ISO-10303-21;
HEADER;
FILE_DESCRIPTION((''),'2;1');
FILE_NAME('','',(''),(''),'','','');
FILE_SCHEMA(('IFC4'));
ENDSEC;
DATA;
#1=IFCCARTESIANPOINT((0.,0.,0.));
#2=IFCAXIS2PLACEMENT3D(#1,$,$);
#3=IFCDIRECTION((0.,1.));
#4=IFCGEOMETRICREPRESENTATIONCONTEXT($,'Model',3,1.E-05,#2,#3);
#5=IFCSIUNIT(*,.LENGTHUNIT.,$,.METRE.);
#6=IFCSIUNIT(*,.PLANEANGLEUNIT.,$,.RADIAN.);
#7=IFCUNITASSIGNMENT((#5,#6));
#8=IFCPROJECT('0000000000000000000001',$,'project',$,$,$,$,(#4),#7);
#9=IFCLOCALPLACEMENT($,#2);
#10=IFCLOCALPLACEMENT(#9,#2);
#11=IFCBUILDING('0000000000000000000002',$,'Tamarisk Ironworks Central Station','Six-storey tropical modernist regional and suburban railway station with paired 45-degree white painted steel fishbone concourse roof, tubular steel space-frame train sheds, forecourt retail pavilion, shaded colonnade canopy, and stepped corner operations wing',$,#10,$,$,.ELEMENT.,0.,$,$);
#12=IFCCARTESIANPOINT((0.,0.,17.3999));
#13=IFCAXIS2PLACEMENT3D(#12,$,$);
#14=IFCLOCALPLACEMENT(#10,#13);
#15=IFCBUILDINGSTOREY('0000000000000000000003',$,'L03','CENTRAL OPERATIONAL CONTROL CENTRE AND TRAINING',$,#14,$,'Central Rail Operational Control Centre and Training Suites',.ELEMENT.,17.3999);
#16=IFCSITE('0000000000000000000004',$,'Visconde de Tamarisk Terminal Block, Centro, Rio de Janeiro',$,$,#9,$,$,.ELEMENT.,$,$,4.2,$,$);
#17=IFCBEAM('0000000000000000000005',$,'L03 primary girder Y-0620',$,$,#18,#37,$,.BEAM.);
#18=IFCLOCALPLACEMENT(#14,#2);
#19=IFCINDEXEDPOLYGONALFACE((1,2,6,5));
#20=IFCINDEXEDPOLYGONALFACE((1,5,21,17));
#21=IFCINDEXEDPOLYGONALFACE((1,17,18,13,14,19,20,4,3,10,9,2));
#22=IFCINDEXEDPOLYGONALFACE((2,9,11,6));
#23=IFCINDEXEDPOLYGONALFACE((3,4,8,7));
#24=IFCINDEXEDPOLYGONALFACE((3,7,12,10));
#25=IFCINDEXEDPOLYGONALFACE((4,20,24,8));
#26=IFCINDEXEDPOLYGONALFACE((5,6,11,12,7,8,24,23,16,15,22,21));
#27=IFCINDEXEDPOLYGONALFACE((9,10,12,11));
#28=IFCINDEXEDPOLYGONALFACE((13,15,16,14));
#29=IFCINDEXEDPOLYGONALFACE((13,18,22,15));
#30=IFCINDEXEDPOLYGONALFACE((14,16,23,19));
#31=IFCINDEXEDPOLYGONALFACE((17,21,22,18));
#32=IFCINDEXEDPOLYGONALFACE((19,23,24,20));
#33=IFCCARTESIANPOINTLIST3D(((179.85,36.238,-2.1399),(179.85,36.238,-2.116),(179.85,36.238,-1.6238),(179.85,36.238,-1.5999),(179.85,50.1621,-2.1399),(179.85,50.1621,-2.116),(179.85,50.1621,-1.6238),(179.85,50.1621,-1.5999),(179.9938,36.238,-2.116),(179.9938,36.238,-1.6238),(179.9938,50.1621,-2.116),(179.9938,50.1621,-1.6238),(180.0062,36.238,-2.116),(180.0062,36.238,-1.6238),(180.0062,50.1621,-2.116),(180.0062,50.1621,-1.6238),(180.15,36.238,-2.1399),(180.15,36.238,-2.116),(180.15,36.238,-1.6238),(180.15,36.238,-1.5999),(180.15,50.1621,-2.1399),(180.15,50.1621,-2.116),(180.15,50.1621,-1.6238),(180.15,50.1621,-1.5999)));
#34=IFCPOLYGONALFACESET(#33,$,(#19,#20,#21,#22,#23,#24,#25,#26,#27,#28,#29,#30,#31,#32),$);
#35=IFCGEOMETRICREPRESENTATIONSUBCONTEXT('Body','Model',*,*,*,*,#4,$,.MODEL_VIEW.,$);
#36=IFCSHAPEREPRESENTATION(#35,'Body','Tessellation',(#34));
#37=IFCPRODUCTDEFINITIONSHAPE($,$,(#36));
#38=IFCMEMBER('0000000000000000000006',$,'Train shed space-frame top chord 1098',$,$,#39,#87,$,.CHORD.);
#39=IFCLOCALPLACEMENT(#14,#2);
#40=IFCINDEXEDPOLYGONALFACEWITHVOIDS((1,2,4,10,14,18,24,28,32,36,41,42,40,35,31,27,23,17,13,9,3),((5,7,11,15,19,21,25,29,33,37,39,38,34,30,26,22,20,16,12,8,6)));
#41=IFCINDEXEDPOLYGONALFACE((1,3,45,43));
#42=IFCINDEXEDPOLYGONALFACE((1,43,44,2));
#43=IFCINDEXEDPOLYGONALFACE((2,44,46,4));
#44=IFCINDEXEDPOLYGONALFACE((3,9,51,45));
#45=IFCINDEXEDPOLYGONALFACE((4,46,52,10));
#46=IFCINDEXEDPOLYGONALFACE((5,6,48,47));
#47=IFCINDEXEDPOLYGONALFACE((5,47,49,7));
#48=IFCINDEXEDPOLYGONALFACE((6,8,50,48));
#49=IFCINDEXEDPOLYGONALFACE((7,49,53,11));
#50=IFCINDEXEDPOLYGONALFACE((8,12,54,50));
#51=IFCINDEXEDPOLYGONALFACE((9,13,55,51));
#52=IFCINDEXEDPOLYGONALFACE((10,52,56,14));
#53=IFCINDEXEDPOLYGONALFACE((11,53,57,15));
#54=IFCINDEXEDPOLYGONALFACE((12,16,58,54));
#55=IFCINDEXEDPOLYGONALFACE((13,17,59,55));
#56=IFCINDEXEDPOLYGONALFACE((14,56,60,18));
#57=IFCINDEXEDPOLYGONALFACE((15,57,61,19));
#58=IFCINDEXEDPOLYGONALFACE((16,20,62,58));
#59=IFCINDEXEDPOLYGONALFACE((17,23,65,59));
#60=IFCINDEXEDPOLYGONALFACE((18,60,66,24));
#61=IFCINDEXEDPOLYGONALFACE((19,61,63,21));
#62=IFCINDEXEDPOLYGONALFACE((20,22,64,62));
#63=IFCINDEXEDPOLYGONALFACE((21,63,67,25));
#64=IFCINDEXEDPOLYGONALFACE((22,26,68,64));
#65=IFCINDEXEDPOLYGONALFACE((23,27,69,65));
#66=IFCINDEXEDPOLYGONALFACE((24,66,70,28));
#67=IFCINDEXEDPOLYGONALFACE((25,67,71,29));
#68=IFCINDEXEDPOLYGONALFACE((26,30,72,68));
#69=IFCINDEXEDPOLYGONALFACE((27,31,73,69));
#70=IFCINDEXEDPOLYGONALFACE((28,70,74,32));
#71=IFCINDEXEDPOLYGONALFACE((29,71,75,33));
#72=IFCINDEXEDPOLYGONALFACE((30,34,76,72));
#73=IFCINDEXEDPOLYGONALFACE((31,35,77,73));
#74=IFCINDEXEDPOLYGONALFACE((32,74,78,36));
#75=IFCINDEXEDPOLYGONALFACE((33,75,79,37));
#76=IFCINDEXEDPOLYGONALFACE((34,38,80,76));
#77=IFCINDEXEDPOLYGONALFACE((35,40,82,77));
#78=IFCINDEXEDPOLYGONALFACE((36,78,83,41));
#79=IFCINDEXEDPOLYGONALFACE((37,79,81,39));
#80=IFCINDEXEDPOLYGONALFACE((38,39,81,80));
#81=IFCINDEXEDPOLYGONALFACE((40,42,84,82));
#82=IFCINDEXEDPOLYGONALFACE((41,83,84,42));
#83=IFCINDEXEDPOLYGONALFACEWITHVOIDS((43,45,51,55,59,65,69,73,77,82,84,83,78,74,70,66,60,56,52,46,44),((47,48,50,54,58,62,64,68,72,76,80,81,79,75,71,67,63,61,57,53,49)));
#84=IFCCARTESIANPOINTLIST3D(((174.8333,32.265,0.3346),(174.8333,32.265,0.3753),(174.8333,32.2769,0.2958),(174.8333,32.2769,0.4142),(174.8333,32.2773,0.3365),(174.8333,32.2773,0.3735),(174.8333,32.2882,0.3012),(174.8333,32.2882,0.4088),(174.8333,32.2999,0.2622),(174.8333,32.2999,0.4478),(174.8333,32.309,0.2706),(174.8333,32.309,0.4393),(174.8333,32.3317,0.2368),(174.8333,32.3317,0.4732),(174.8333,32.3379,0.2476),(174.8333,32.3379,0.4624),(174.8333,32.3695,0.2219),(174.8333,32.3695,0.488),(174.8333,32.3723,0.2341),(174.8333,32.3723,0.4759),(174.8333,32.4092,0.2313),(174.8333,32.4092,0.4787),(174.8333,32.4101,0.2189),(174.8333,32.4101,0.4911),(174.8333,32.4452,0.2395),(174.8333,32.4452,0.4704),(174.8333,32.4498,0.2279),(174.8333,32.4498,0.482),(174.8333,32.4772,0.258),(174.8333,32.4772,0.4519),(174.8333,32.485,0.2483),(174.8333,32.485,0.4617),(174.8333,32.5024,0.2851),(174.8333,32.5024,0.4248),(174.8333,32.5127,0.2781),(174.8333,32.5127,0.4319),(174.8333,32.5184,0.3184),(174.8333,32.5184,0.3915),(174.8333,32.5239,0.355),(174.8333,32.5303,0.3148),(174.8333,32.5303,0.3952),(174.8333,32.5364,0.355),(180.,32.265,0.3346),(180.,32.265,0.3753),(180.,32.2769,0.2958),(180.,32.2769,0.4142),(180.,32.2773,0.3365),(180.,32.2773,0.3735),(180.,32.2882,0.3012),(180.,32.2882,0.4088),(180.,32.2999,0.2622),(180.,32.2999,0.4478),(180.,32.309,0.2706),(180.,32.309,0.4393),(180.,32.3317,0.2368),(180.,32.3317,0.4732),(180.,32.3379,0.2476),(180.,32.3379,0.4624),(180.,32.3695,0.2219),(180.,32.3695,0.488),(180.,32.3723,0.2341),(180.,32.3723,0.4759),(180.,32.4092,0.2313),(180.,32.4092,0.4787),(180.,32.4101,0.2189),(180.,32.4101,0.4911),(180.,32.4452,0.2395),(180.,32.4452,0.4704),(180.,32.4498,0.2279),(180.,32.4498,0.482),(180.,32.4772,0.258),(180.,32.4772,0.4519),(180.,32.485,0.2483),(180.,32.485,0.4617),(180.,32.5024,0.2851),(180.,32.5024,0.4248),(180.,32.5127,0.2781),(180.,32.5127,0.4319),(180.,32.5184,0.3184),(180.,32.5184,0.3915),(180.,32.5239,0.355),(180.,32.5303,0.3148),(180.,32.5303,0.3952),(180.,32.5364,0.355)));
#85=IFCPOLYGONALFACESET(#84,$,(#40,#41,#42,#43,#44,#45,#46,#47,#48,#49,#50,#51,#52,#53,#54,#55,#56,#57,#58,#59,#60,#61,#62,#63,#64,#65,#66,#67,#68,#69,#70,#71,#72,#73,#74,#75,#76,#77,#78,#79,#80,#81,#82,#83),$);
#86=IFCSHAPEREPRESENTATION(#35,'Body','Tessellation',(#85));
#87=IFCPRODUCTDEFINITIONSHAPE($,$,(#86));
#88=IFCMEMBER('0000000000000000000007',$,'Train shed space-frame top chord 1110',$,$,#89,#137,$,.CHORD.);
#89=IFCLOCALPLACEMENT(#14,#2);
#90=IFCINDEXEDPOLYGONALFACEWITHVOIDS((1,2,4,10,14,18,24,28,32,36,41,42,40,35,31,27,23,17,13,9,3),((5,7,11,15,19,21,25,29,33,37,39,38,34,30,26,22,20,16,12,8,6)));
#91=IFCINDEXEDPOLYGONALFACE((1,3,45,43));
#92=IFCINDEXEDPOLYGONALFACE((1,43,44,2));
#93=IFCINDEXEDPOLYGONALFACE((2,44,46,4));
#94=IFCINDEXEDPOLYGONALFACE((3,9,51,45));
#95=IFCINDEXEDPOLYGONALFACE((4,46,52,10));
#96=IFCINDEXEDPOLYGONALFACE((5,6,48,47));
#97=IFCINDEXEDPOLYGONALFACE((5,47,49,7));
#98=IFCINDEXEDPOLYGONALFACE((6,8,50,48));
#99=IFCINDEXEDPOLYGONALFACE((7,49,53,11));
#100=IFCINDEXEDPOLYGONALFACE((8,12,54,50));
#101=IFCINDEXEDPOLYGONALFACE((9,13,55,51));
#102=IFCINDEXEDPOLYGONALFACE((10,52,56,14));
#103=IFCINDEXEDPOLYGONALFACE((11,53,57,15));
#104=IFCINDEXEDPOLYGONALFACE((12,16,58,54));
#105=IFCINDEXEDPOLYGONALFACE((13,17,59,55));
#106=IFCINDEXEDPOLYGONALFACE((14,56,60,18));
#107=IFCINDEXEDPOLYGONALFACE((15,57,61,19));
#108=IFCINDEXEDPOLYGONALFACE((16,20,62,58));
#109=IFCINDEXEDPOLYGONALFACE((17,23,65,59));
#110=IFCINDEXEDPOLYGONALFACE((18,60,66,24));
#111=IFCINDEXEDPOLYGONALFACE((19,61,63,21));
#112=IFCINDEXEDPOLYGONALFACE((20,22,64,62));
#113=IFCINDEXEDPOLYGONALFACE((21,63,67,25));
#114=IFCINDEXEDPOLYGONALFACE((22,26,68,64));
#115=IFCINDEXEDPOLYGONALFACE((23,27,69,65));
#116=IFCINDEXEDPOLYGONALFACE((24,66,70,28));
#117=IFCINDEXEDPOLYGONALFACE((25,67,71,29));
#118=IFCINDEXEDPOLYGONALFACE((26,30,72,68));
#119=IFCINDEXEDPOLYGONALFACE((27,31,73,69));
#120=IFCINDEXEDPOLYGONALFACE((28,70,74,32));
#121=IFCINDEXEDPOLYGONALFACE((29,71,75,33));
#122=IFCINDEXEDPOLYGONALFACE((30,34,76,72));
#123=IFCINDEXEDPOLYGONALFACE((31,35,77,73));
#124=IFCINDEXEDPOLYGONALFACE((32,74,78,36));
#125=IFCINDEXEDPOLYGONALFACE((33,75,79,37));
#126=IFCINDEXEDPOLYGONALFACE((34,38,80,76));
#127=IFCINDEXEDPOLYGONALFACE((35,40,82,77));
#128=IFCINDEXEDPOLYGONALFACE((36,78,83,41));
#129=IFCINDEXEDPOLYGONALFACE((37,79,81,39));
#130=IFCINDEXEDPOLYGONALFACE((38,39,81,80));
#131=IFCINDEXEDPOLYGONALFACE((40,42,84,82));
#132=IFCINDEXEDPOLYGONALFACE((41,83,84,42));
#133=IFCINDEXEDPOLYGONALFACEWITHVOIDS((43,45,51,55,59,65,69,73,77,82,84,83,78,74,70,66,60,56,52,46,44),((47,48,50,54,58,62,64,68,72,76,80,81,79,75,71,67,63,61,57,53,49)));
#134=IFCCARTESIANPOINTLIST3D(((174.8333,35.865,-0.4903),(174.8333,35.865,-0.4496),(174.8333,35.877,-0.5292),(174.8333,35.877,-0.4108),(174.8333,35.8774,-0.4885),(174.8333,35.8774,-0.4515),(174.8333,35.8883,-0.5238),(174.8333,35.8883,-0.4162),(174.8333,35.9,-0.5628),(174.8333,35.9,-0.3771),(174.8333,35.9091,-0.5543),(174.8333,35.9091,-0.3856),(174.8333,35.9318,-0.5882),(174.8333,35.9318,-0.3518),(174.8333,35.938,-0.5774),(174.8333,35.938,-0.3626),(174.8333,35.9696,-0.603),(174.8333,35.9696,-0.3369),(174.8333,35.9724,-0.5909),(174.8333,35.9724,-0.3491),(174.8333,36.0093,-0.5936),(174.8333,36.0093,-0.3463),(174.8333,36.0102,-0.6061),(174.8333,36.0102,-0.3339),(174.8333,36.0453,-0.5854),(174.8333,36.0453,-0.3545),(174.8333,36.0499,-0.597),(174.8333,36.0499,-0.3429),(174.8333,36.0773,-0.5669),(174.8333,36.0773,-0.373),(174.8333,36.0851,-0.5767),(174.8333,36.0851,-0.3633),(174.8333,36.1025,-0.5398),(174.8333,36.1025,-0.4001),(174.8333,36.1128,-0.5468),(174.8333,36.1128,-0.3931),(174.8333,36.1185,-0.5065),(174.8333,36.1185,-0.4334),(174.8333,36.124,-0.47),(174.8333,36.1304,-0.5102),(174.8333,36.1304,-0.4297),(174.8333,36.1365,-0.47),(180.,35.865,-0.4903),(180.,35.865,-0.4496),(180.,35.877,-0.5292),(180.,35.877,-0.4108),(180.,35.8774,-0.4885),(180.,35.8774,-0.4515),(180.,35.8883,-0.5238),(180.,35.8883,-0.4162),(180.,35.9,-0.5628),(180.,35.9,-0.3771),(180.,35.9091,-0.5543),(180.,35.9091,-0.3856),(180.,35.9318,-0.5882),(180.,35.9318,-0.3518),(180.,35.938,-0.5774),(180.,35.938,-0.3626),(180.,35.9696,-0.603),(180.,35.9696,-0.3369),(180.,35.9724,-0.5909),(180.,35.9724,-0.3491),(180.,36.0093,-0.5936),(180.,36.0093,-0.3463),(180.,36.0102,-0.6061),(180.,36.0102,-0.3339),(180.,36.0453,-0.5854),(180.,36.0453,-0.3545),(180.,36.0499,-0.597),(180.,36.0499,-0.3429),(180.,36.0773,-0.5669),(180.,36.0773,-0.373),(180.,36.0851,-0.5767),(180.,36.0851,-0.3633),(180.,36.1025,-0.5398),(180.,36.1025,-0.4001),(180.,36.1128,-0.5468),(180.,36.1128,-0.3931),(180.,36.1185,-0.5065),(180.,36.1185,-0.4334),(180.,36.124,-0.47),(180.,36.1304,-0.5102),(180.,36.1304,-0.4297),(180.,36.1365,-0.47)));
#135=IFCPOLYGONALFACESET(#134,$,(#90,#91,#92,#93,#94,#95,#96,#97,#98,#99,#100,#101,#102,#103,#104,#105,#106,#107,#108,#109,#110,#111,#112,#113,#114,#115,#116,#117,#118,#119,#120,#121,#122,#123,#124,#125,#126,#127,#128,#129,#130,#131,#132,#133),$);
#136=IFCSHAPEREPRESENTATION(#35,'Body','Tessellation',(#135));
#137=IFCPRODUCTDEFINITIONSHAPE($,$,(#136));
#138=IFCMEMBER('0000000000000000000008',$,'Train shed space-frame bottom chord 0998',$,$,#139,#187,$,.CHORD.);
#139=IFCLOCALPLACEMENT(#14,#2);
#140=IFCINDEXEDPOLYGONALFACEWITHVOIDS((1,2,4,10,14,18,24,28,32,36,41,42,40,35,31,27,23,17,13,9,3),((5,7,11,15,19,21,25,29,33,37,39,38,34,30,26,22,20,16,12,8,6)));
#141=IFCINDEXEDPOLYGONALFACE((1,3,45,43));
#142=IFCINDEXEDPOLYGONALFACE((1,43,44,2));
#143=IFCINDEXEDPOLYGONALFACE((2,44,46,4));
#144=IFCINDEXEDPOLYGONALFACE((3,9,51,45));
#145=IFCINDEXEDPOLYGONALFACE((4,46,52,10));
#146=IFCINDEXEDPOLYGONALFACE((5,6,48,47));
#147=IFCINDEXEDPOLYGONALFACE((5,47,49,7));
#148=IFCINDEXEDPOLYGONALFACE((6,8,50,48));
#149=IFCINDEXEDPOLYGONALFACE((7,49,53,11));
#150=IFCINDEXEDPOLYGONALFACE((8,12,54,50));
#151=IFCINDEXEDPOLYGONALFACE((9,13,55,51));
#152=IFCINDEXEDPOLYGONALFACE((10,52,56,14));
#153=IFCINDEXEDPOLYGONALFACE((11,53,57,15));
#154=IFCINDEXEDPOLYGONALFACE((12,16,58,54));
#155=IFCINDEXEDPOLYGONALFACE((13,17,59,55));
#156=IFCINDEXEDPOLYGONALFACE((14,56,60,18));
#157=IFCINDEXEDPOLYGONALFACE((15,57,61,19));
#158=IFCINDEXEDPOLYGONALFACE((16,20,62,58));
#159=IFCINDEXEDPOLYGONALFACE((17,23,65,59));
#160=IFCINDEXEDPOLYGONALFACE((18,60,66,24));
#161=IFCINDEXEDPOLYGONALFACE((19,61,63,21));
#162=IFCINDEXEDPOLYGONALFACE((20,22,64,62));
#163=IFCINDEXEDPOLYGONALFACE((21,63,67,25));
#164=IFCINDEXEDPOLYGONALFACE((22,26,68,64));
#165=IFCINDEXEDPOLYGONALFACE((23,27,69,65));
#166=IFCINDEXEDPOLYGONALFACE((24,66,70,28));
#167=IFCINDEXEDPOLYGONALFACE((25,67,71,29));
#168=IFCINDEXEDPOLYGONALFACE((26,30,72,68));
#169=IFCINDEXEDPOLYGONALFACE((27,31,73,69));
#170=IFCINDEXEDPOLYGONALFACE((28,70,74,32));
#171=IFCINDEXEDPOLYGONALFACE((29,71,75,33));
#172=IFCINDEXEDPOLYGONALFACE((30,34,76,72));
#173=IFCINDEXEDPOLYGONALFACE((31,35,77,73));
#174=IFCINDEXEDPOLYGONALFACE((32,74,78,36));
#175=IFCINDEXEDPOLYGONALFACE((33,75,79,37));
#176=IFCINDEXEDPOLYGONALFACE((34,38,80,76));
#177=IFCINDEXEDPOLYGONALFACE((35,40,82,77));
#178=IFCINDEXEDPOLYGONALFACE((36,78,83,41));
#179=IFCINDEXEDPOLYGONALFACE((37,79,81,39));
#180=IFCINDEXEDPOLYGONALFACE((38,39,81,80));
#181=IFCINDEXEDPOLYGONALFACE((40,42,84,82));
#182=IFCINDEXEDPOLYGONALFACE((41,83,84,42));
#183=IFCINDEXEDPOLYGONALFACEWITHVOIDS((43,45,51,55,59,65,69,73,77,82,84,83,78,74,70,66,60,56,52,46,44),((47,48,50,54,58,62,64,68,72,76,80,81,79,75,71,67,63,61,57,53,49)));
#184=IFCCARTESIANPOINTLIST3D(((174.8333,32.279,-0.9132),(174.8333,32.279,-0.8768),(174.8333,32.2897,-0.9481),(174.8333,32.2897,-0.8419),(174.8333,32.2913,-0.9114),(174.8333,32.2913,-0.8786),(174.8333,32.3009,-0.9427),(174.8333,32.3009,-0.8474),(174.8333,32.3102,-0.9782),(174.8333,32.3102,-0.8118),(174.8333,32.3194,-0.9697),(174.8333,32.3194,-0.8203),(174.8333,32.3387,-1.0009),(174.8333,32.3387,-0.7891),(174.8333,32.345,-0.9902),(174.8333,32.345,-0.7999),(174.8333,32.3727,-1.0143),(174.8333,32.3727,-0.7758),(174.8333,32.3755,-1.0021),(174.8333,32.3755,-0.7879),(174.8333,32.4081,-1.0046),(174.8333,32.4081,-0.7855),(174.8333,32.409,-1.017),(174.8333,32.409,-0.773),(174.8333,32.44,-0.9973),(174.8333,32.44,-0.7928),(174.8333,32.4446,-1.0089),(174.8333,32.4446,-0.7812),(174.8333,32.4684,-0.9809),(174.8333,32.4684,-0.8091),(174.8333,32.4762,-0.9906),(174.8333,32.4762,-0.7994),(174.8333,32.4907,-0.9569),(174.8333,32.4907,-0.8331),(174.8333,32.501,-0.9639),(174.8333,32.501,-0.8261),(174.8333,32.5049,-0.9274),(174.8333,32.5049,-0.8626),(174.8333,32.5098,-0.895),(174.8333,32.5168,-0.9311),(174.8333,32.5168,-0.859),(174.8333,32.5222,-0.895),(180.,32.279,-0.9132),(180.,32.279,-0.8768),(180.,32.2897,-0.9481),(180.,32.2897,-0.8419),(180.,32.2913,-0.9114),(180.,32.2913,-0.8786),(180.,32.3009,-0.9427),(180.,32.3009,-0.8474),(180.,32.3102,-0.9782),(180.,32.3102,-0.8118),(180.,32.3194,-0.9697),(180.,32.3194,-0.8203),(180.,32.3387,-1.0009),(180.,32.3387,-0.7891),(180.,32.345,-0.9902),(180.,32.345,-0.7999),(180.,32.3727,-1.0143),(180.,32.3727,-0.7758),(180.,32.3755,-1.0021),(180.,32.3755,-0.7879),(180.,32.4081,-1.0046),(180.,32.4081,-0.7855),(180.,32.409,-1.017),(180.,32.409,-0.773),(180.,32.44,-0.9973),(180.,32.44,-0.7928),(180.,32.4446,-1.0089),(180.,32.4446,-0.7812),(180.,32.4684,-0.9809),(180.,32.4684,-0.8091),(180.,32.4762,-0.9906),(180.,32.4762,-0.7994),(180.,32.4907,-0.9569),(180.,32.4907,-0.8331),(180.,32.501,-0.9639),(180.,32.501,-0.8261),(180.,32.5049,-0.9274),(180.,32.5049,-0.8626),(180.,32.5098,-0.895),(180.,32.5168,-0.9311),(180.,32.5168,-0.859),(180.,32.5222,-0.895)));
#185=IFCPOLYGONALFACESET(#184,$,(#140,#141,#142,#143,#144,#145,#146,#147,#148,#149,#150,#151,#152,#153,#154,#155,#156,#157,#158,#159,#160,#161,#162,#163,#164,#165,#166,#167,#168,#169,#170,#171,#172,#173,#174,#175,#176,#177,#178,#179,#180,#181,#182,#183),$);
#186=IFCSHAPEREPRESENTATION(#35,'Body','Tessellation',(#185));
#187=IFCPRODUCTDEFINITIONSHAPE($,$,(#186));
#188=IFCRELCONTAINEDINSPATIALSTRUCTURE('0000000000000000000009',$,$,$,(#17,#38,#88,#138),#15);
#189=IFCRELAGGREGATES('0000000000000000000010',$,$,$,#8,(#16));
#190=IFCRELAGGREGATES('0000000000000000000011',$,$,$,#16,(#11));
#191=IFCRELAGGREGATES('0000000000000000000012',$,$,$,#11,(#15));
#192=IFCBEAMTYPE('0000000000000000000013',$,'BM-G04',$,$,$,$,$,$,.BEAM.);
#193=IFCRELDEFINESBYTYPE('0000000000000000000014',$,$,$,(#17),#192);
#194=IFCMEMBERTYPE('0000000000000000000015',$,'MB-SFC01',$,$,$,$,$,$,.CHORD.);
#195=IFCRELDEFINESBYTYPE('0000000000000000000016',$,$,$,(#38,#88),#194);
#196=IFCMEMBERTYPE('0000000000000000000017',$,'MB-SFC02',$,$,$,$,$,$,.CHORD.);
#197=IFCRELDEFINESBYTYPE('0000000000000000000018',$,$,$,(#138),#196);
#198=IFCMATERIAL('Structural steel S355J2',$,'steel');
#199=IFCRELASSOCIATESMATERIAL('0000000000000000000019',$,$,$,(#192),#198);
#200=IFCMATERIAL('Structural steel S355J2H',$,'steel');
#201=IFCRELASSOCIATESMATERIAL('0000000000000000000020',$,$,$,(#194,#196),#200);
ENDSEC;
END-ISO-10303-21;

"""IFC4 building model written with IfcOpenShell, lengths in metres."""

from ifc_helpers import new_model, si_unit, direction, frame, origin, origin_2d, place, context, subcontext, project, spatial, hollow_circle, i_section, extrude, material, material_profile, profile_set, type_object, element, save


model = new_model("IFC4")

# Units and contexts
model_context = context("Model", 3, precision=1e-05, world=origin(), true_north=direction((0.0, 1.0)))
body_context = subcontext(model_context, "Body", "Model", "MODEL_VIEW")
ifc_project = project(units=[si_unit("LENGTHUNIT", "METRE"), si_unit("PLANEANGLEUNIT", "RADIAN")], contexts=[model_context])

# Site, building, storey
site_placement = place(None, origin())
site = spatial("IfcSite", under=ifc_project, at=site_placement, Name="Visconde de Tamarisk Terminal Block, Centro, Rio de Janeiro", CompositionType="ELEMENT", RefElevation=4.2)
building_placement = place(site_placement, origin())
building = spatial("IfcBuilding", under=site, at=building_placement, Name="Tamarisk Ironworks Central Station", Description="Six-storey tropical modernist regional and suburban railway station with paired 45-degree white painted steel fishbone concourse roof, tubular steel space-frame train sheds, forecourt retail pavilion, shaded colonnade canopy, and stepped corner operations wing", CompositionType="ELEMENT", ElevationOfRefHeight=0.0)
storey_placement = place(building_placement, frame((0.0, 0.0, 17.3999)))
storey = spatial("IfcBuildingStorey", under=building, at=storey_placement, Name="L03", Description="CENTRAL OPERATIONAL CONTROL CENTRE AND TRAINING", LongName="Central Rail Operational Control Centre and Training Suites", CompositionType="ELEMENT", Elevation=17.3999)

# Beam
ifc_material_1 = material(Name="Structural steel S355J2", Category="steel")
ifc_material_profile_1 = material_profile(ifc_material_1, i_section(OverallWidth=0.3, OverallDepth=0.54, WebThickness=0.0125, FlangeThickness=0.0239, at=origin_2d()), Name="HEA 550")
ifc_profile_set_1 = profile_set([ifc_material_profile_1], Name="Structural steel S355J2")
beam_type = type_object("IfcBeamType", Name="BM-G04", PredefinedType="BEAM", material=ifc_profile_set_1)
beam_placement = place(storey_placement, frame((180.0, 36.238, -1.8699), z_axis=(0.0, 1.0, 0.0), x_axis=(-1.0, 0.0, 0.0)))
element("IfcBeam", 1, at=beam_placement, inside=storey, type_object=beam_type, Name="L03 primary girder Y-0620", PredefinedType="BEAM", context=body_context, shape_type="SweptSolid", body=[
    extrude(i_section(OverallWidth=0.3, OverallDepth=0.54, WebThickness=0.0125, FlangeThickness=0.0239, at=origin_2d()), origin(), (0.0, 0.0, 1.0), 13.9241),
])

# Members
ifc_material_2 = material(Name="Structural steel S355J2H", Category="steel")
ifc_material_profile_2 = material_profile(ifc_material_2, hollow_circle(Radius=0.1365, WallThickness=0.0125, at=origin_2d()), Name="CHS 273x12.5")
ifc_profile_set_2 = profile_set([ifc_material_profile_2], Name="Structural steel S355J2H")
member_type_1 = type_object("IfcMemberType", Name="MB-SFC01", PredefinedType="CHORD", material=ifc_profile_set_2)
for number, where, z_axis, x_axis, name in (
    (2, (174.8333, 32.3999, 0.355), (1.0, 0.0, 0.0), (0.0, 1.0, 0.0), "Train shed space-frame top chord 1098"),
    (3, (174.8333, 36.0, -0.47), (1.0, 0.0, 0.0), (0.0, 1.0, 0.0), "Train shed space-frame top chord 1110"),
):
    element("IfcMember", number, at=place(storey_placement, frame(where, z_axis=z_axis, x_axis=x_axis)), inside=storey, type_object=member_type_1, Name=name, PredefinedType="CHORD", context=body_context, shape_type="SweptSolid", body=[
        extrude(hollow_circle(Radius=0.1365, WallThickness=0.0125, at=origin_2d()), origin(), (0.0, 0.0, 1.0), 5.1667),
    ])
ifc_material_profile_3 = material_profile(ifc_material_2, hollow_circle(Radius=0.1223, WallThickness=0.0125, at=origin_2d()), Name="CHS 244.5x12.5")
ifc_profile_set_3 = profile_set([ifc_material_profile_3], Name="Structural steel S355J2H")
member_type_2 = type_object("IfcMemberType", Name="MB-SFC02", PredefinedType="CHORD", material=ifc_profile_set_3)
member_1_placement = place(storey_placement, frame((174.8333, 32.3999, -0.895), z_axis=(1.0, 0.0, 0.0), x_axis=(0.0, 1.0, 0.0)))
element("IfcMember", 4, at=member_1_placement, inside=storey, type_object=member_type_2, Name="Train shed space-frame bottom chord 0998", PredefinedType="CHORD", context=body_context, shape_type="SweptSolid", body=[
    extrude(hollow_circle(Radius=0.1223, WallThickness=0.0125, at=origin_2d()), origin(), (0.0, 0.0, 1.0), 5.1667),
])

save(model, "model.ifc")
